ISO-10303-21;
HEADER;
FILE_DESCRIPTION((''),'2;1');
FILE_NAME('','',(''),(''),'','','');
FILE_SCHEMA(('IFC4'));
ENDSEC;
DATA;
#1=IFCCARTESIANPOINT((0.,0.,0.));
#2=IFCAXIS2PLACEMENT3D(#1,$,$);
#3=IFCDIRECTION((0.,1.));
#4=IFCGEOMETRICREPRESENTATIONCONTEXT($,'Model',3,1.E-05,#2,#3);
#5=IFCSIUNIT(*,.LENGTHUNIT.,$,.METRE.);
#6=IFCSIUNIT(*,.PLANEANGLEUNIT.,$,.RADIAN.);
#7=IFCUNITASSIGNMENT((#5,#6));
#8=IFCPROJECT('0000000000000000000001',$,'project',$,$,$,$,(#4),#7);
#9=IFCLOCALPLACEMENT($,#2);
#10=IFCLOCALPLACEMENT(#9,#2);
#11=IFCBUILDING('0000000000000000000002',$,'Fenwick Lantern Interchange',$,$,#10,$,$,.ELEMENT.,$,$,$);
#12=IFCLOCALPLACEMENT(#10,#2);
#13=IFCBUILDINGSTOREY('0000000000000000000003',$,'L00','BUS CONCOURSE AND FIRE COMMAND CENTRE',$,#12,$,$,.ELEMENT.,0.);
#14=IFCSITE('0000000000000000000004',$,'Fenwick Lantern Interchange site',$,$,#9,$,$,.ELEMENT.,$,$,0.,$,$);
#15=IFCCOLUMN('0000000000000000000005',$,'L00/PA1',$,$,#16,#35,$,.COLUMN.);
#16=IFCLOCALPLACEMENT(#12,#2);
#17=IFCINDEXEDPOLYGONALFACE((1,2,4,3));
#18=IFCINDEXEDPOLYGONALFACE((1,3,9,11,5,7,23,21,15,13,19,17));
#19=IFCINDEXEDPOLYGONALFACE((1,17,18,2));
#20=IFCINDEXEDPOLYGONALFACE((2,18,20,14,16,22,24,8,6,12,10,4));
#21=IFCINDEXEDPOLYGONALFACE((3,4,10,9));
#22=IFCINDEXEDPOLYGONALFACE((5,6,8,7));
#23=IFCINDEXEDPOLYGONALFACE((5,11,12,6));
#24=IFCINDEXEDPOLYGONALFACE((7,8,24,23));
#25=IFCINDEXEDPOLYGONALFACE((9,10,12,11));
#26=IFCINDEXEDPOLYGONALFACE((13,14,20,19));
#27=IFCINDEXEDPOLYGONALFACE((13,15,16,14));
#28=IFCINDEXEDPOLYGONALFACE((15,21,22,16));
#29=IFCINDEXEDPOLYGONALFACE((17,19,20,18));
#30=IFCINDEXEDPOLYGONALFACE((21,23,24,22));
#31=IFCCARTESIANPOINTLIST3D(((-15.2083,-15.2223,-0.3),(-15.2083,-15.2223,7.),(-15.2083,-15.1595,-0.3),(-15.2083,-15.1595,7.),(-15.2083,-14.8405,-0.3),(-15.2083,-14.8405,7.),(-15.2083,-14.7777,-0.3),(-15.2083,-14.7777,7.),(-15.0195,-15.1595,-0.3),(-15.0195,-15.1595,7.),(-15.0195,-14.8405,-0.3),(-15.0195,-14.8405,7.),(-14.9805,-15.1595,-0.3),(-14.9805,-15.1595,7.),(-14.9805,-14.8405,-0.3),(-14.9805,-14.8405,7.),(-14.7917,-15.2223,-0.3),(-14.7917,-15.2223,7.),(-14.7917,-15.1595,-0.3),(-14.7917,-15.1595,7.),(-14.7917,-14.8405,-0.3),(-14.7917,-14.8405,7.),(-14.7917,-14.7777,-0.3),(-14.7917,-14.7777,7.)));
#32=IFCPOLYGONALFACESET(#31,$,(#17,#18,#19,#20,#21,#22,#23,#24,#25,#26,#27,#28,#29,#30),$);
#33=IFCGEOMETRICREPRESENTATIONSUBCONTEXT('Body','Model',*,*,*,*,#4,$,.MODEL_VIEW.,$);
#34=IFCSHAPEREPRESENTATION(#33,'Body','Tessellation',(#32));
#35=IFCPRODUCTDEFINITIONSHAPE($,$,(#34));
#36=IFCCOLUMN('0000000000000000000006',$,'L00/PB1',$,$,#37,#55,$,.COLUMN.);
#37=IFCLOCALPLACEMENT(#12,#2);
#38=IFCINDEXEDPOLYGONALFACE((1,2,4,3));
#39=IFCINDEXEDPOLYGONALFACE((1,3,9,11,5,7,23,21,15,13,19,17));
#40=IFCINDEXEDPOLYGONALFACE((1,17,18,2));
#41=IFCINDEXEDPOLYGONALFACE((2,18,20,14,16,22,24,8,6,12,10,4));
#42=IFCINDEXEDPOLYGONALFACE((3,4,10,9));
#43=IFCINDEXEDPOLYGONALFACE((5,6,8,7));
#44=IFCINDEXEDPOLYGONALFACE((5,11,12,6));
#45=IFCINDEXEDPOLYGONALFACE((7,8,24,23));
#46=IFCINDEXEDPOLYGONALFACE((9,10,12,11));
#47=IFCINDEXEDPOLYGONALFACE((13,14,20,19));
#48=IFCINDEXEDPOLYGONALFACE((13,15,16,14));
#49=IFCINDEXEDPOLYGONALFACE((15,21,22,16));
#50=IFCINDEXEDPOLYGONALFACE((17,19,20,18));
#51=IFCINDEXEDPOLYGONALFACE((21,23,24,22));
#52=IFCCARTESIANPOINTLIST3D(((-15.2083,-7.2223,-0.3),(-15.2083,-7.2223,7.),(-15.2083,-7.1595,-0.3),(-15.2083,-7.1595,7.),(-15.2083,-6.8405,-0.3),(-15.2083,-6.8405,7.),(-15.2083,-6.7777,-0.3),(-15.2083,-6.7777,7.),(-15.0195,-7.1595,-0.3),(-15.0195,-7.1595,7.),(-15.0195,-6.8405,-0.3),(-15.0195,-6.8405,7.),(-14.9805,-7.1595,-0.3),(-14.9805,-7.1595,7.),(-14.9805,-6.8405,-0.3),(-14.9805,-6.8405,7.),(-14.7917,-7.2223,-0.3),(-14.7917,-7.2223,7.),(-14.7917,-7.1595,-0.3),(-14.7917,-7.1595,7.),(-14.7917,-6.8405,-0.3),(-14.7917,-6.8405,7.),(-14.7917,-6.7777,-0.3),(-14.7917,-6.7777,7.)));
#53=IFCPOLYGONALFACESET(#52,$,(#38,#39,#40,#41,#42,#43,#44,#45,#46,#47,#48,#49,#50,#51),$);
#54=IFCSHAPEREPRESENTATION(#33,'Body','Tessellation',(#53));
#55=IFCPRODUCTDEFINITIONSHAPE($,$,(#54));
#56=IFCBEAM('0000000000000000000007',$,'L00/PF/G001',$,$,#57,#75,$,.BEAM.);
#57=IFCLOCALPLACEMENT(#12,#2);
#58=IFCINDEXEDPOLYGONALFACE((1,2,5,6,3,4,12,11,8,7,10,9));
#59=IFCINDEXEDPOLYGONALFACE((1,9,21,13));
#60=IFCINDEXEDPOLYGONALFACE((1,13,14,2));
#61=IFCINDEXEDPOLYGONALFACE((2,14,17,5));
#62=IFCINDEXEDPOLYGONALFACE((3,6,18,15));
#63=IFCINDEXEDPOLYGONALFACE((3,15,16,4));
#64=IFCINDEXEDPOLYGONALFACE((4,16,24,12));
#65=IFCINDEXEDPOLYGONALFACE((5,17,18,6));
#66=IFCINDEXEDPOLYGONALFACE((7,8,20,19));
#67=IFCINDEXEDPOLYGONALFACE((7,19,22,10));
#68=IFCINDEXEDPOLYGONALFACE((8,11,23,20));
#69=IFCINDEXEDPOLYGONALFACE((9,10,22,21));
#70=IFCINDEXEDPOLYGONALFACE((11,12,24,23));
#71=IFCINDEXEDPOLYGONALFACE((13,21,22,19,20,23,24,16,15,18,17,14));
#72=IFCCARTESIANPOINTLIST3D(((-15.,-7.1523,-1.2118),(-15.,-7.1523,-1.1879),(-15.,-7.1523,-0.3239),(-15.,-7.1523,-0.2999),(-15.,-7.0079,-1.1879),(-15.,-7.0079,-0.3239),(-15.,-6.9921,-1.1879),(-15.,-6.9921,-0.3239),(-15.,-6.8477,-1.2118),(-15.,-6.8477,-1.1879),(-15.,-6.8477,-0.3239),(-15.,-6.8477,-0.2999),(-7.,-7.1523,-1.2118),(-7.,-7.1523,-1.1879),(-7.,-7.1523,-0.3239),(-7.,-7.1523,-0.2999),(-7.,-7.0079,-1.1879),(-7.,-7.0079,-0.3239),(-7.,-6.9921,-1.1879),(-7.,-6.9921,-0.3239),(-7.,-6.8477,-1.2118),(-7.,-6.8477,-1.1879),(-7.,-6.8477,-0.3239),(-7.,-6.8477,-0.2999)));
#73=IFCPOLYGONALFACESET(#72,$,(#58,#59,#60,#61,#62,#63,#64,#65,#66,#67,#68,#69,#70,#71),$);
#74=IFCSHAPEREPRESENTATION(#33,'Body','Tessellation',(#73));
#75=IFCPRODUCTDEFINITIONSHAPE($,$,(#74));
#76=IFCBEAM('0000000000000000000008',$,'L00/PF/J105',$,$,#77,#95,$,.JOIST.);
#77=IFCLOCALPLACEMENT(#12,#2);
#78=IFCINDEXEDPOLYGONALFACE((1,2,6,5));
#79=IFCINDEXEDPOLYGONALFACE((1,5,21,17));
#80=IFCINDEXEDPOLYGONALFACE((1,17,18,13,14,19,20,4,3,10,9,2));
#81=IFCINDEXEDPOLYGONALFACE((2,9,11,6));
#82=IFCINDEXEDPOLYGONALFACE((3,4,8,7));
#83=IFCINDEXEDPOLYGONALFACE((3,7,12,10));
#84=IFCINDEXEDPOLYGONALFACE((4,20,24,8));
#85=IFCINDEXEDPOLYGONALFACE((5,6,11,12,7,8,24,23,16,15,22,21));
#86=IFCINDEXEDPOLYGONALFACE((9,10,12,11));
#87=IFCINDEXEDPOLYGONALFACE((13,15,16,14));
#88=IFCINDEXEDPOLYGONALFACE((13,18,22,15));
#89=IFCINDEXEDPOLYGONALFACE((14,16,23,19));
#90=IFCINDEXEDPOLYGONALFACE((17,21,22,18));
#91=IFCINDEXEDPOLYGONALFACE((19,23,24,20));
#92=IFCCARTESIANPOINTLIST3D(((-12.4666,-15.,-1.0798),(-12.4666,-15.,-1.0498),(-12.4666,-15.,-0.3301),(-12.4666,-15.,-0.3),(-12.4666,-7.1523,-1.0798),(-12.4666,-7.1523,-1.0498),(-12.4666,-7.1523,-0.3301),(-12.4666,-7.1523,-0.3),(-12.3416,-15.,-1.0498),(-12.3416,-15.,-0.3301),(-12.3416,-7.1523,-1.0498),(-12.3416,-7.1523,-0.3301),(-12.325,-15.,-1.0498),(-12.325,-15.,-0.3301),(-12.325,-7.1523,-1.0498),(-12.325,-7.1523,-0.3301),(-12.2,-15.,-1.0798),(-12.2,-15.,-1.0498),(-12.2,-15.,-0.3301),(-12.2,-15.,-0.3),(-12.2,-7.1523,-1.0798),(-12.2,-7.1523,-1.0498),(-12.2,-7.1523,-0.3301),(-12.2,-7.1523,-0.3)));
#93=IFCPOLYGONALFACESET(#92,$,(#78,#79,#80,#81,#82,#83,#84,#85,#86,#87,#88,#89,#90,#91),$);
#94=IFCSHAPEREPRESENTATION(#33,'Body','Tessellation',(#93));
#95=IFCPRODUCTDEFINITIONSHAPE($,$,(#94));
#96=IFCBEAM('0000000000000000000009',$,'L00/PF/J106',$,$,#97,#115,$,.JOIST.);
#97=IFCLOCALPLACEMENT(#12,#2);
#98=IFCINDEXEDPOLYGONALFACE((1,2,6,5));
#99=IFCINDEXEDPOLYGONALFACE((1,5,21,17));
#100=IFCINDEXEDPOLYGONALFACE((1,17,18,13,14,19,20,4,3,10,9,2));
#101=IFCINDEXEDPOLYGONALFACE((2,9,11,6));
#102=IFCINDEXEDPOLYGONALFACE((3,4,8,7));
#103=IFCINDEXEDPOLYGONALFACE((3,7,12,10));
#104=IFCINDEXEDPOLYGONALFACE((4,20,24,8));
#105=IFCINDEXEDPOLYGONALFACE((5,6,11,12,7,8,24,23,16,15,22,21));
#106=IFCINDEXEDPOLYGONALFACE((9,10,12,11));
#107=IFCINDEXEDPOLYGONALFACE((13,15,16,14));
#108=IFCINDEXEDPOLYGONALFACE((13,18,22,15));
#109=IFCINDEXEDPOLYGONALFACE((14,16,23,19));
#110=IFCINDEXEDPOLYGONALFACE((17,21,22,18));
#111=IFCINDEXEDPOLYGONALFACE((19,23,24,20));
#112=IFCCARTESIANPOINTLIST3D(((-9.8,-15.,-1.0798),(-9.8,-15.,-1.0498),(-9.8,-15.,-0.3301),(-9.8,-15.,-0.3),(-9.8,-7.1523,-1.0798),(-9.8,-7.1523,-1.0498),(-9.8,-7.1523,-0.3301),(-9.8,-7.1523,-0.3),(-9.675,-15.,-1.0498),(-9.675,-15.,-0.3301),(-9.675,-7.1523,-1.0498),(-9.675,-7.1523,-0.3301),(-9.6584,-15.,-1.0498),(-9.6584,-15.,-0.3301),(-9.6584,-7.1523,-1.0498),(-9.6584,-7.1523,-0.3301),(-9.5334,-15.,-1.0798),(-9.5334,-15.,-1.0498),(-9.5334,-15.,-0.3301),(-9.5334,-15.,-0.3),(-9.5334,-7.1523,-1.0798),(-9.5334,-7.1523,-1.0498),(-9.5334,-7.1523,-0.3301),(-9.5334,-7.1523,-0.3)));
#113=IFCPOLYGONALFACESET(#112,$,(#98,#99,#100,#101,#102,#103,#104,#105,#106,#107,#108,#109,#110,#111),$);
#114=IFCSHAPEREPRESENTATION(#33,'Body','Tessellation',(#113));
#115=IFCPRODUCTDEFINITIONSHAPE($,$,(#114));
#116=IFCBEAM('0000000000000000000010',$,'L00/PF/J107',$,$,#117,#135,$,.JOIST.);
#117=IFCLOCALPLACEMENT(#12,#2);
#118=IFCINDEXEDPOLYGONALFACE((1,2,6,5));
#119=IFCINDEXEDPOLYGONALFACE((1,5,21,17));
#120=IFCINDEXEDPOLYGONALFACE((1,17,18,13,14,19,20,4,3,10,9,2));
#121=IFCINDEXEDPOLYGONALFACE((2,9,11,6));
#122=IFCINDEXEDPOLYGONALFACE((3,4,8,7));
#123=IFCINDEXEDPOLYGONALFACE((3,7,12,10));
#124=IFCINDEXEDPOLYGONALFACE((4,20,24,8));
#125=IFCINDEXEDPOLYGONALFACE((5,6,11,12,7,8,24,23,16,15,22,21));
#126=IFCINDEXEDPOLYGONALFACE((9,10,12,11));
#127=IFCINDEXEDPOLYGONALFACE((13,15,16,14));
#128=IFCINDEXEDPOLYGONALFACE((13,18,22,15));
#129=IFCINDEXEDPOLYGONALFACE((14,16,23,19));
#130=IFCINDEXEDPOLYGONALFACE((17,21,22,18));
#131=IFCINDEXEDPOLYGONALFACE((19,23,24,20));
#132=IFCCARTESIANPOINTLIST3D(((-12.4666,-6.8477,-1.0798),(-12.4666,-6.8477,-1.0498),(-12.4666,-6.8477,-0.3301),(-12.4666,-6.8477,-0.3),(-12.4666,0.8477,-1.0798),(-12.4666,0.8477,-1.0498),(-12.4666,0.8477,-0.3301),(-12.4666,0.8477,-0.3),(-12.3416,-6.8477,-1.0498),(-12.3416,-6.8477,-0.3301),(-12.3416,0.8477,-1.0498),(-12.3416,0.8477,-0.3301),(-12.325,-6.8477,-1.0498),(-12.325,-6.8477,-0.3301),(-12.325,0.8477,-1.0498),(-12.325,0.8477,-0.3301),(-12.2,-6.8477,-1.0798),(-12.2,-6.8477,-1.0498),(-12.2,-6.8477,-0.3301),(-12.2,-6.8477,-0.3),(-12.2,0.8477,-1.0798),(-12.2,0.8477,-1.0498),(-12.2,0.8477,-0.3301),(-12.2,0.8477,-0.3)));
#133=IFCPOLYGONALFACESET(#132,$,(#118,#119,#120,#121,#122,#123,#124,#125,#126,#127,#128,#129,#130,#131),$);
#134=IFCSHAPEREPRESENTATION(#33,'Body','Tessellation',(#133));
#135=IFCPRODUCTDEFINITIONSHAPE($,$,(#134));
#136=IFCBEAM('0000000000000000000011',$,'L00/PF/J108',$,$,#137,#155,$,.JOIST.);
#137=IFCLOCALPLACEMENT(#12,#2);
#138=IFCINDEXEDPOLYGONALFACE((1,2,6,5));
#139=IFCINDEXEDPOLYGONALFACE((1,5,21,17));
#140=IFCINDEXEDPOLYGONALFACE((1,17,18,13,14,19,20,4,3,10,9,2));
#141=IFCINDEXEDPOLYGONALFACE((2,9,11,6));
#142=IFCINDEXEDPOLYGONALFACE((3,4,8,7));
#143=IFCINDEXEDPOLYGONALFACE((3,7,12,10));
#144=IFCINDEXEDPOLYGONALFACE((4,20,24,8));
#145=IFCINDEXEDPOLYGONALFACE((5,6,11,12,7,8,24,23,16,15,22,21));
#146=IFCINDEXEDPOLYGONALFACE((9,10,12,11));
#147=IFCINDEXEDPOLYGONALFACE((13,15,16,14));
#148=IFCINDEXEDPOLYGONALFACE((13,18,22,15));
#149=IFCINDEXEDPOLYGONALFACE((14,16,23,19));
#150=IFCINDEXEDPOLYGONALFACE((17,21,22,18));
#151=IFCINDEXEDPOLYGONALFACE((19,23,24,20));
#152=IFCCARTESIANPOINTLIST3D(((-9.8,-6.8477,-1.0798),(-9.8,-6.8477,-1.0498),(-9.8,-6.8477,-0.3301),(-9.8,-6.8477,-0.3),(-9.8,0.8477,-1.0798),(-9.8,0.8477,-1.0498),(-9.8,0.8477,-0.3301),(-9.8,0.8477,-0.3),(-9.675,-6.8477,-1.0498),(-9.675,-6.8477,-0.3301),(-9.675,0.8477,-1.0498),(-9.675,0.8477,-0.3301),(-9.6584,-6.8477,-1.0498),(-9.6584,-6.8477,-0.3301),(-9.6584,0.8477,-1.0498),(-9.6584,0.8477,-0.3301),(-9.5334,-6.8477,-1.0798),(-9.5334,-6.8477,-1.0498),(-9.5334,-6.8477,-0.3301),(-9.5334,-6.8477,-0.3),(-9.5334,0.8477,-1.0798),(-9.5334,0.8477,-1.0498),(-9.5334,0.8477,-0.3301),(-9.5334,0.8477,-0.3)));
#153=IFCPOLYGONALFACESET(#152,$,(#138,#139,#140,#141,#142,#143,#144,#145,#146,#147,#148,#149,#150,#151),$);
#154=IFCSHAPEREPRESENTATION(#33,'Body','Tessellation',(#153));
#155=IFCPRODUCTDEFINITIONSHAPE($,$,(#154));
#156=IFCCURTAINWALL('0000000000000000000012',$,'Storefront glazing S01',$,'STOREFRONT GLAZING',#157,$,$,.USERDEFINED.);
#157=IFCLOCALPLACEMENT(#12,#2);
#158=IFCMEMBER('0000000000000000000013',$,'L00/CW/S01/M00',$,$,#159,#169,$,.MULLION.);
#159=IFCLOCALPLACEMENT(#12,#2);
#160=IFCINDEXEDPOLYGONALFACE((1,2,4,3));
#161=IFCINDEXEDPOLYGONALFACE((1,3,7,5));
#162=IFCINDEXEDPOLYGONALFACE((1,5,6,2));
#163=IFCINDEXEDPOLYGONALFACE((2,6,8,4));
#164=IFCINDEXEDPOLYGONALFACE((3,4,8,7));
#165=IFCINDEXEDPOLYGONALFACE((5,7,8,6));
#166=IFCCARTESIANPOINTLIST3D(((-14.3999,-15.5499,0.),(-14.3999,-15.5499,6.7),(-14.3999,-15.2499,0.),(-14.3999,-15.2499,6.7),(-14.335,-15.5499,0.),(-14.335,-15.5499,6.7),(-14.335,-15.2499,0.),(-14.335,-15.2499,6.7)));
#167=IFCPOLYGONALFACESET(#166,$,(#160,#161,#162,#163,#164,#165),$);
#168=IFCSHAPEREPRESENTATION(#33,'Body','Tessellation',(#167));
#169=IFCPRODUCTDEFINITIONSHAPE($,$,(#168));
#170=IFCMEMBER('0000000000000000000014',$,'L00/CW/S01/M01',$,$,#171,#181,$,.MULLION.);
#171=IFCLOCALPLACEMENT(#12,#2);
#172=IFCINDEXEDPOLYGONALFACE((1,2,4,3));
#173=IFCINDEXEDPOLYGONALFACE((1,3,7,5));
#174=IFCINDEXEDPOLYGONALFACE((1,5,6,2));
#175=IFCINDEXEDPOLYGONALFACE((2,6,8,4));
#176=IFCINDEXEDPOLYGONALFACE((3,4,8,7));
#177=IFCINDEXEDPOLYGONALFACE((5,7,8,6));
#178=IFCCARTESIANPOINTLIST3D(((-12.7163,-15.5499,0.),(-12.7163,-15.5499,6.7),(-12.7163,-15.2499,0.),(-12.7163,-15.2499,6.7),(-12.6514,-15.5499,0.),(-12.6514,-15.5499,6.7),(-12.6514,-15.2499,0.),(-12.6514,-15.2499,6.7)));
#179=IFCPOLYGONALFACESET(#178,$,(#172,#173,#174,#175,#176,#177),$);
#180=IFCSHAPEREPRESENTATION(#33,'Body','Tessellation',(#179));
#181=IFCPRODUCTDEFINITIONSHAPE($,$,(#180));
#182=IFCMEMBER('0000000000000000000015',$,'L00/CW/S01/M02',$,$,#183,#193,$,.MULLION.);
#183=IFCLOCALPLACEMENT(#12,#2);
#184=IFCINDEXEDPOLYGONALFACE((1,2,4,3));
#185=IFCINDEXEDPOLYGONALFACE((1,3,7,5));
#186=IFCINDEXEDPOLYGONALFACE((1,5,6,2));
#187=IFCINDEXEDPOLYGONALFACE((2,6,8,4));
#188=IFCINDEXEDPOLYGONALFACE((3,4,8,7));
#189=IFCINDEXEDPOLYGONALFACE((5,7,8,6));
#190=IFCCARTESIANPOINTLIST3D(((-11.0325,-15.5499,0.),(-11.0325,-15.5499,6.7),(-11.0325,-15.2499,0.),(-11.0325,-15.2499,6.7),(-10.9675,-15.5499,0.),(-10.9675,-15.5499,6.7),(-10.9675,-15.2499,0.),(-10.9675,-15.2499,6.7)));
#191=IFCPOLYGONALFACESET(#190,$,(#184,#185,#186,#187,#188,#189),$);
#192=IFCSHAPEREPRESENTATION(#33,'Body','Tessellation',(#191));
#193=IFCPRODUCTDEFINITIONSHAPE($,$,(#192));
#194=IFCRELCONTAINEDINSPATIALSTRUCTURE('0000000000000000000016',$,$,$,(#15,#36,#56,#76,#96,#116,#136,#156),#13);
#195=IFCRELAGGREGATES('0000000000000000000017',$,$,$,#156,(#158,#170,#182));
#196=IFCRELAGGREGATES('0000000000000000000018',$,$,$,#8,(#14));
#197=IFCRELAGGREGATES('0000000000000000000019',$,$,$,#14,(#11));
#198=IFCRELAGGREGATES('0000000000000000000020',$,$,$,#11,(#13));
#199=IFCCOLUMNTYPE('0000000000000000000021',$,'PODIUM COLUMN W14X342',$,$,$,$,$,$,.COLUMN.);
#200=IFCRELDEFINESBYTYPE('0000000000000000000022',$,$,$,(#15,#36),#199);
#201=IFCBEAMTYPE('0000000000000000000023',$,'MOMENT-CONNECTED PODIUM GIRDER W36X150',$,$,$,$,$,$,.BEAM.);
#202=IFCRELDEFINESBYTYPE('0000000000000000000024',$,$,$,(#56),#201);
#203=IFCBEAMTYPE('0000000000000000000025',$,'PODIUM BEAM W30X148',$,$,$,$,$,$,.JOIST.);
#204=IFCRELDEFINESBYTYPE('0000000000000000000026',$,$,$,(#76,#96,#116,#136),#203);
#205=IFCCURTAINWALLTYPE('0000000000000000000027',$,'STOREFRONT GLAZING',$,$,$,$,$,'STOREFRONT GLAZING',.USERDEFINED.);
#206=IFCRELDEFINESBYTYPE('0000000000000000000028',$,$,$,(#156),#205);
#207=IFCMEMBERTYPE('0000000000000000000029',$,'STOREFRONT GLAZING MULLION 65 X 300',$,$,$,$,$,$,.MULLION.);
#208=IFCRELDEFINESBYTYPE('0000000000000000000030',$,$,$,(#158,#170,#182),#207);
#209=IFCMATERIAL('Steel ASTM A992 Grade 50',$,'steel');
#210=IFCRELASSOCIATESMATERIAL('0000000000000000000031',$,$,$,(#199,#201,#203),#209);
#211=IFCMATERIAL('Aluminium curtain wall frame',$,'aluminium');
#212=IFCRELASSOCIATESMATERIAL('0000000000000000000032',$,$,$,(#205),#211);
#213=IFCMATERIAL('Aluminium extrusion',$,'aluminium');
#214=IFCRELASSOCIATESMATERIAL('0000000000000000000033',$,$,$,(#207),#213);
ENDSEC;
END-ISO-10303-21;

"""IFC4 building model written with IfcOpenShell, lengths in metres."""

from ifc_helpers import new_model, si_unit, direction, frame, origin, origin_2d, place, context, subcontext, project, spatial, rectangle, i_section, extrude, material, material_profile, profile_set, type_object, element, aggregate, save


model = new_model("IFC4")

# Units and contexts
model_context = context("Model", 3, precision=1e-05, world=origin(), true_north=direction((0.0, 1.0)))
body_context = subcontext(model_context, "Body", "Model", "MODEL_VIEW")
ifc_project = project(units=[si_unit("LENGTHUNIT", "METRE"), si_unit("PLANEANGLEUNIT", "RADIAN")], contexts=[model_context])

# Site, building, storey
site_placement = place(None, origin())
site = spatial("IfcSite", under=ifc_project, at=site_placement, Name="Fenwick Lantern Interchange site", CompositionType="ELEMENT", RefElevation=0.0)
building_placement = place(site_placement, origin())
building = spatial("IfcBuilding", under=site, at=building_placement, Name="Fenwick Lantern Interchange", CompositionType="ELEMENT")
storey_placement = place(building_placement, origin())
storey = spatial("IfcBuildingStorey", under=building, at=storey_placement, Name="L00", Description="BUS CONCOURSE AND FIRE COMMAND CENTRE", CompositionType="ELEMENT", Elevation=0.0)

# Columns
ifc_material_1 = material(Name="Steel ASTM A992 Grade 50", Category="steel")
ifc_material_profile_1 = material_profile(ifc_material_1, i_section(OverallWidth=0.4165, OverallDepth=0.4446, WebThickness=0.0391, FlangeThickness=0.0627, at=origin_2d()), Name="W14X342")
ifc_profile_set_1 = profile_set([ifc_material_profile_1], Name="Steel ASTM A992 Grade 50")
column_type = type_object("IfcColumnType", Name="PODIUM COLUMN W14X342", PredefinedType="COLUMN", material=ifc_profile_set_1)
for number, where, z_axis, x_axis, name in (
    (1, (-15.0, -15.0, -0.3), (0.0, 0.0, 1.0), (1.0, 0.0, 0.0), "L00/PA1"),
    (2, (-15.0, -7.0, -0.3), (0.0, 0.0, 1.0), (1.0, 0.0, 0.0), "L00/PB1"),
):
    element("IfcColumn", number, at=place(storey_placement, frame(where, z_axis=z_axis, x_axis=x_axis)), inside=storey, type_object=column_type, Name=name, PredefinedType="COLUMN", context=body_context, shape_type="SweptSolid", body=[
        extrude(i_section(OverallWidth=0.4165, OverallDepth=0.4446, WebThickness=0.0391, FlangeThickness=0.0627, at=origin_2d()), origin(), (0.0, 0.0, 1.0), 7.3),
    ])

# Beams
ifc_material_profile_2 = material_profile(ifc_material_1, i_section(OverallWidth=0.3047, OverallDepth=0.9119, WebThickness=0.0159, FlangeThickness=0.0239, at=origin_2d()), Name="W36X150")
ifc_profile_set_2 = profile_set([ifc_material_profile_2], Name="Steel ASTM A992 Grade 50")
beam_type_1 = type_object("IfcBeamType", Name="MOMENT-CONNECTED PODIUM GIRDER W36X150", PredefinedType="BEAM", material=ifc_profile_set_2)
beam_placement = place(storey_placement, frame((-15.0, -7.0, -0.7559), z_axis=(1.0, 0.0, 0.0), x_axis=(0.0, 1.0, 0.0)))
element("IfcBeam", 3, at=beam_placement, inside=storey, type_object=beam_type_1, Name="L00/PF/G001", PredefinedType="BEAM", context=body_context, shape_type="SweptSolid", body=[
    extrude(i_section(OverallWidth=0.3047, OverallDepth=0.9119, WebThickness=0.0159, FlangeThickness=0.0239, at=origin_2d()), origin(), (0.0, 0.0, 1.0), 8.0),
])
ifc_material_profile_3 = material_profile(ifc_material_1, i_section(OverallWidth=0.2666, OverallDepth=0.7798, WebThickness=0.0166, FlangeThickness=0.03, at=origin_2d()), Name="W30X148")
ifc_profile_set_3 = profile_set([ifc_material_profile_3], Name="Steel ASTM A992 Grade 50")
beam_type_2 = type_object("IfcBeamType", Name="PODIUM BEAM W30X148", PredefinedType="JOIST", material=ifc_profile_set_3)
for number, where, z_axis, x_axis, name in (
    (4, (-12.3333, -15.0, -0.6899), (0.0, 1.0, 0.0), (-1.0, 0.0, 0.0), "L00/PF/J105"),
    (5, (-9.6667, -15.0, -0.6899), (0.0, 1.0, 0.0), (-1.0, 0.0, 0.0), "L00/PF/J106"),
):
    element("IfcBeam", number, at=place(storey_placement, frame(where, z_axis=z_axis, x_axis=x_axis)), inside=storey, type_object=beam_type_2, Name=name, PredefinedType="JOIST", context=body_context, shape_type="SweptSolid", body=[
        extrude(i_section(OverallWidth=0.2666, OverallDepth=0.7798, WebThickness=0.0166, FlangeThickness=0.03, at=origin_2d()), origin(), (0.0, 0.0, 1.0), 7.8477),
    ])
for number, where, z_axis, x_axis, name in (
    (6, (-12.3333, -6.8477, -0.6899), (0.0, 1.0, 0.0), (-1.0, 0.0, 0.0), "L00/PF/J107"),
    (7, (-9.6667, -6.8477, -0.6899), (0.0, 1.0, 0.0), (-1.0, 0.0, 0.0), "L00/PF/J108"),
):
    element("IfcBeam", number, at=place(storey_placement, frame(where, z_axis=z_axis, x_axis=x_axis)), inside=storey, type_object=beam_type_2, Name=name, PredefinedType="JOIST", context=body_context, shape_type="SweptSolid", body=[
        extrude(i_section(OverallWidth=0.2666, OverallDepth=0.7798, WebThickness=0.0166, FlangeThickness=0.03, at=origin_2d()), origin(), (0.0, 0.0, 1.0), 7.6953),
    ])

# Curtain wall, members
ifc_material_2 = material(Name="Aluminium curtain wall frame", Category="aluminium")
curtain_wall_type = type_object("IfcCurtainWallType", Name="STOREFRONT GLAZING", ElementType="STOREFRONT GLAZING", PredefinedType="USERDEFINED", material=ifc_material_2)
curtain_wall_placement = place(storey_placement, origin())
curtain_wall = element("IfcCurtainWall", 8, at=curtain_wall_placement, inside=storey, type_object=curtain_wall_type, Name="Storefront glazing S01", ObjectType="STOREFRONT GLAZING", PredefinedType="USERDEFINED")
ifc_material_3 = material(Name="Aluminium extrusion", Category="aluminium")
ifc_material_profile_4 = material_profile(ifc_material_3, rectangle(XDim=0.3, YDim=0.0649, at=origin_2d()), Name="STOREFRONT GLAZING MULLION 65 X 300")
ifc_profile_set_4 = profile_set([ifc_material_profile_4], Name="Aluminium extrusion")
member_type_1 = type_object("IfcMemberType", Name="STOREFRONT GLAZING MULLION 65 X 300", PredefinedType="MULLION", material=ifc_profile_set_4)
member_1_placement = place(storey_placement, frame((-14.3674, -15.3999, 0.0), z_axis=(0.0, 0.0, 1.0), x_axis=(0.0, 1.0, 0.0)))
member_1 = element("IfcMember", 9, at=member_1_placement, type_object=member_type_1, Name="L00/CW/S01/M00", PredefinedType="MULLION", context=body_context, shape_type="SweptSolid", body=[
    extrude(rectangle(XDim=0.3, YDim=0.0649, at=origin_2d()), origin(), (0.0, 0.0, 1.0), 6.7),
])
member_2_placement = place(storey_placement, frame((-12.6838, -15.3999, 0.0), z_axis=(0.0, 0.0, 1.0), x_axis=(0.0, 1.0, 0.0)))
member_2 = element("IfcMember", 10, at=member_2_placement, type_object=member_type_1, Name="L00/CW/S01/M01", PredefinedType="MULLION", context=body_context, shape_type="SweptSolid", body=[
    extrude(rectangle(XDim=0.3, YDim=0.0649, at=origin_2d()), origin(), (0.0, 0.0, 1.0), 6.7),
])
member_3_placement = place(storey_placement, frame((-11.0, -15.3999, 0.0), z_axis=(0.0, 0.0, 1.0), x_axis=(0.0, 1.0, 0.0)))
member_3 = element("IfcMember", 11, at=member_3_placement, type_object=member_type_1, Name="L00/CW/S01/M02", PredefinedType="MULLION", context=body_context, shape_type="SweptSolid", body=[
    extrude(rectangle(XDim=0.3, YDim=0.0649, at=origin_2d()), origin(), (0.0, 0.0, 1.0), 6.7),
])
aggregate(curtain_wall, [member_1, member_2, member_3])

save(model, "model.ifc")
